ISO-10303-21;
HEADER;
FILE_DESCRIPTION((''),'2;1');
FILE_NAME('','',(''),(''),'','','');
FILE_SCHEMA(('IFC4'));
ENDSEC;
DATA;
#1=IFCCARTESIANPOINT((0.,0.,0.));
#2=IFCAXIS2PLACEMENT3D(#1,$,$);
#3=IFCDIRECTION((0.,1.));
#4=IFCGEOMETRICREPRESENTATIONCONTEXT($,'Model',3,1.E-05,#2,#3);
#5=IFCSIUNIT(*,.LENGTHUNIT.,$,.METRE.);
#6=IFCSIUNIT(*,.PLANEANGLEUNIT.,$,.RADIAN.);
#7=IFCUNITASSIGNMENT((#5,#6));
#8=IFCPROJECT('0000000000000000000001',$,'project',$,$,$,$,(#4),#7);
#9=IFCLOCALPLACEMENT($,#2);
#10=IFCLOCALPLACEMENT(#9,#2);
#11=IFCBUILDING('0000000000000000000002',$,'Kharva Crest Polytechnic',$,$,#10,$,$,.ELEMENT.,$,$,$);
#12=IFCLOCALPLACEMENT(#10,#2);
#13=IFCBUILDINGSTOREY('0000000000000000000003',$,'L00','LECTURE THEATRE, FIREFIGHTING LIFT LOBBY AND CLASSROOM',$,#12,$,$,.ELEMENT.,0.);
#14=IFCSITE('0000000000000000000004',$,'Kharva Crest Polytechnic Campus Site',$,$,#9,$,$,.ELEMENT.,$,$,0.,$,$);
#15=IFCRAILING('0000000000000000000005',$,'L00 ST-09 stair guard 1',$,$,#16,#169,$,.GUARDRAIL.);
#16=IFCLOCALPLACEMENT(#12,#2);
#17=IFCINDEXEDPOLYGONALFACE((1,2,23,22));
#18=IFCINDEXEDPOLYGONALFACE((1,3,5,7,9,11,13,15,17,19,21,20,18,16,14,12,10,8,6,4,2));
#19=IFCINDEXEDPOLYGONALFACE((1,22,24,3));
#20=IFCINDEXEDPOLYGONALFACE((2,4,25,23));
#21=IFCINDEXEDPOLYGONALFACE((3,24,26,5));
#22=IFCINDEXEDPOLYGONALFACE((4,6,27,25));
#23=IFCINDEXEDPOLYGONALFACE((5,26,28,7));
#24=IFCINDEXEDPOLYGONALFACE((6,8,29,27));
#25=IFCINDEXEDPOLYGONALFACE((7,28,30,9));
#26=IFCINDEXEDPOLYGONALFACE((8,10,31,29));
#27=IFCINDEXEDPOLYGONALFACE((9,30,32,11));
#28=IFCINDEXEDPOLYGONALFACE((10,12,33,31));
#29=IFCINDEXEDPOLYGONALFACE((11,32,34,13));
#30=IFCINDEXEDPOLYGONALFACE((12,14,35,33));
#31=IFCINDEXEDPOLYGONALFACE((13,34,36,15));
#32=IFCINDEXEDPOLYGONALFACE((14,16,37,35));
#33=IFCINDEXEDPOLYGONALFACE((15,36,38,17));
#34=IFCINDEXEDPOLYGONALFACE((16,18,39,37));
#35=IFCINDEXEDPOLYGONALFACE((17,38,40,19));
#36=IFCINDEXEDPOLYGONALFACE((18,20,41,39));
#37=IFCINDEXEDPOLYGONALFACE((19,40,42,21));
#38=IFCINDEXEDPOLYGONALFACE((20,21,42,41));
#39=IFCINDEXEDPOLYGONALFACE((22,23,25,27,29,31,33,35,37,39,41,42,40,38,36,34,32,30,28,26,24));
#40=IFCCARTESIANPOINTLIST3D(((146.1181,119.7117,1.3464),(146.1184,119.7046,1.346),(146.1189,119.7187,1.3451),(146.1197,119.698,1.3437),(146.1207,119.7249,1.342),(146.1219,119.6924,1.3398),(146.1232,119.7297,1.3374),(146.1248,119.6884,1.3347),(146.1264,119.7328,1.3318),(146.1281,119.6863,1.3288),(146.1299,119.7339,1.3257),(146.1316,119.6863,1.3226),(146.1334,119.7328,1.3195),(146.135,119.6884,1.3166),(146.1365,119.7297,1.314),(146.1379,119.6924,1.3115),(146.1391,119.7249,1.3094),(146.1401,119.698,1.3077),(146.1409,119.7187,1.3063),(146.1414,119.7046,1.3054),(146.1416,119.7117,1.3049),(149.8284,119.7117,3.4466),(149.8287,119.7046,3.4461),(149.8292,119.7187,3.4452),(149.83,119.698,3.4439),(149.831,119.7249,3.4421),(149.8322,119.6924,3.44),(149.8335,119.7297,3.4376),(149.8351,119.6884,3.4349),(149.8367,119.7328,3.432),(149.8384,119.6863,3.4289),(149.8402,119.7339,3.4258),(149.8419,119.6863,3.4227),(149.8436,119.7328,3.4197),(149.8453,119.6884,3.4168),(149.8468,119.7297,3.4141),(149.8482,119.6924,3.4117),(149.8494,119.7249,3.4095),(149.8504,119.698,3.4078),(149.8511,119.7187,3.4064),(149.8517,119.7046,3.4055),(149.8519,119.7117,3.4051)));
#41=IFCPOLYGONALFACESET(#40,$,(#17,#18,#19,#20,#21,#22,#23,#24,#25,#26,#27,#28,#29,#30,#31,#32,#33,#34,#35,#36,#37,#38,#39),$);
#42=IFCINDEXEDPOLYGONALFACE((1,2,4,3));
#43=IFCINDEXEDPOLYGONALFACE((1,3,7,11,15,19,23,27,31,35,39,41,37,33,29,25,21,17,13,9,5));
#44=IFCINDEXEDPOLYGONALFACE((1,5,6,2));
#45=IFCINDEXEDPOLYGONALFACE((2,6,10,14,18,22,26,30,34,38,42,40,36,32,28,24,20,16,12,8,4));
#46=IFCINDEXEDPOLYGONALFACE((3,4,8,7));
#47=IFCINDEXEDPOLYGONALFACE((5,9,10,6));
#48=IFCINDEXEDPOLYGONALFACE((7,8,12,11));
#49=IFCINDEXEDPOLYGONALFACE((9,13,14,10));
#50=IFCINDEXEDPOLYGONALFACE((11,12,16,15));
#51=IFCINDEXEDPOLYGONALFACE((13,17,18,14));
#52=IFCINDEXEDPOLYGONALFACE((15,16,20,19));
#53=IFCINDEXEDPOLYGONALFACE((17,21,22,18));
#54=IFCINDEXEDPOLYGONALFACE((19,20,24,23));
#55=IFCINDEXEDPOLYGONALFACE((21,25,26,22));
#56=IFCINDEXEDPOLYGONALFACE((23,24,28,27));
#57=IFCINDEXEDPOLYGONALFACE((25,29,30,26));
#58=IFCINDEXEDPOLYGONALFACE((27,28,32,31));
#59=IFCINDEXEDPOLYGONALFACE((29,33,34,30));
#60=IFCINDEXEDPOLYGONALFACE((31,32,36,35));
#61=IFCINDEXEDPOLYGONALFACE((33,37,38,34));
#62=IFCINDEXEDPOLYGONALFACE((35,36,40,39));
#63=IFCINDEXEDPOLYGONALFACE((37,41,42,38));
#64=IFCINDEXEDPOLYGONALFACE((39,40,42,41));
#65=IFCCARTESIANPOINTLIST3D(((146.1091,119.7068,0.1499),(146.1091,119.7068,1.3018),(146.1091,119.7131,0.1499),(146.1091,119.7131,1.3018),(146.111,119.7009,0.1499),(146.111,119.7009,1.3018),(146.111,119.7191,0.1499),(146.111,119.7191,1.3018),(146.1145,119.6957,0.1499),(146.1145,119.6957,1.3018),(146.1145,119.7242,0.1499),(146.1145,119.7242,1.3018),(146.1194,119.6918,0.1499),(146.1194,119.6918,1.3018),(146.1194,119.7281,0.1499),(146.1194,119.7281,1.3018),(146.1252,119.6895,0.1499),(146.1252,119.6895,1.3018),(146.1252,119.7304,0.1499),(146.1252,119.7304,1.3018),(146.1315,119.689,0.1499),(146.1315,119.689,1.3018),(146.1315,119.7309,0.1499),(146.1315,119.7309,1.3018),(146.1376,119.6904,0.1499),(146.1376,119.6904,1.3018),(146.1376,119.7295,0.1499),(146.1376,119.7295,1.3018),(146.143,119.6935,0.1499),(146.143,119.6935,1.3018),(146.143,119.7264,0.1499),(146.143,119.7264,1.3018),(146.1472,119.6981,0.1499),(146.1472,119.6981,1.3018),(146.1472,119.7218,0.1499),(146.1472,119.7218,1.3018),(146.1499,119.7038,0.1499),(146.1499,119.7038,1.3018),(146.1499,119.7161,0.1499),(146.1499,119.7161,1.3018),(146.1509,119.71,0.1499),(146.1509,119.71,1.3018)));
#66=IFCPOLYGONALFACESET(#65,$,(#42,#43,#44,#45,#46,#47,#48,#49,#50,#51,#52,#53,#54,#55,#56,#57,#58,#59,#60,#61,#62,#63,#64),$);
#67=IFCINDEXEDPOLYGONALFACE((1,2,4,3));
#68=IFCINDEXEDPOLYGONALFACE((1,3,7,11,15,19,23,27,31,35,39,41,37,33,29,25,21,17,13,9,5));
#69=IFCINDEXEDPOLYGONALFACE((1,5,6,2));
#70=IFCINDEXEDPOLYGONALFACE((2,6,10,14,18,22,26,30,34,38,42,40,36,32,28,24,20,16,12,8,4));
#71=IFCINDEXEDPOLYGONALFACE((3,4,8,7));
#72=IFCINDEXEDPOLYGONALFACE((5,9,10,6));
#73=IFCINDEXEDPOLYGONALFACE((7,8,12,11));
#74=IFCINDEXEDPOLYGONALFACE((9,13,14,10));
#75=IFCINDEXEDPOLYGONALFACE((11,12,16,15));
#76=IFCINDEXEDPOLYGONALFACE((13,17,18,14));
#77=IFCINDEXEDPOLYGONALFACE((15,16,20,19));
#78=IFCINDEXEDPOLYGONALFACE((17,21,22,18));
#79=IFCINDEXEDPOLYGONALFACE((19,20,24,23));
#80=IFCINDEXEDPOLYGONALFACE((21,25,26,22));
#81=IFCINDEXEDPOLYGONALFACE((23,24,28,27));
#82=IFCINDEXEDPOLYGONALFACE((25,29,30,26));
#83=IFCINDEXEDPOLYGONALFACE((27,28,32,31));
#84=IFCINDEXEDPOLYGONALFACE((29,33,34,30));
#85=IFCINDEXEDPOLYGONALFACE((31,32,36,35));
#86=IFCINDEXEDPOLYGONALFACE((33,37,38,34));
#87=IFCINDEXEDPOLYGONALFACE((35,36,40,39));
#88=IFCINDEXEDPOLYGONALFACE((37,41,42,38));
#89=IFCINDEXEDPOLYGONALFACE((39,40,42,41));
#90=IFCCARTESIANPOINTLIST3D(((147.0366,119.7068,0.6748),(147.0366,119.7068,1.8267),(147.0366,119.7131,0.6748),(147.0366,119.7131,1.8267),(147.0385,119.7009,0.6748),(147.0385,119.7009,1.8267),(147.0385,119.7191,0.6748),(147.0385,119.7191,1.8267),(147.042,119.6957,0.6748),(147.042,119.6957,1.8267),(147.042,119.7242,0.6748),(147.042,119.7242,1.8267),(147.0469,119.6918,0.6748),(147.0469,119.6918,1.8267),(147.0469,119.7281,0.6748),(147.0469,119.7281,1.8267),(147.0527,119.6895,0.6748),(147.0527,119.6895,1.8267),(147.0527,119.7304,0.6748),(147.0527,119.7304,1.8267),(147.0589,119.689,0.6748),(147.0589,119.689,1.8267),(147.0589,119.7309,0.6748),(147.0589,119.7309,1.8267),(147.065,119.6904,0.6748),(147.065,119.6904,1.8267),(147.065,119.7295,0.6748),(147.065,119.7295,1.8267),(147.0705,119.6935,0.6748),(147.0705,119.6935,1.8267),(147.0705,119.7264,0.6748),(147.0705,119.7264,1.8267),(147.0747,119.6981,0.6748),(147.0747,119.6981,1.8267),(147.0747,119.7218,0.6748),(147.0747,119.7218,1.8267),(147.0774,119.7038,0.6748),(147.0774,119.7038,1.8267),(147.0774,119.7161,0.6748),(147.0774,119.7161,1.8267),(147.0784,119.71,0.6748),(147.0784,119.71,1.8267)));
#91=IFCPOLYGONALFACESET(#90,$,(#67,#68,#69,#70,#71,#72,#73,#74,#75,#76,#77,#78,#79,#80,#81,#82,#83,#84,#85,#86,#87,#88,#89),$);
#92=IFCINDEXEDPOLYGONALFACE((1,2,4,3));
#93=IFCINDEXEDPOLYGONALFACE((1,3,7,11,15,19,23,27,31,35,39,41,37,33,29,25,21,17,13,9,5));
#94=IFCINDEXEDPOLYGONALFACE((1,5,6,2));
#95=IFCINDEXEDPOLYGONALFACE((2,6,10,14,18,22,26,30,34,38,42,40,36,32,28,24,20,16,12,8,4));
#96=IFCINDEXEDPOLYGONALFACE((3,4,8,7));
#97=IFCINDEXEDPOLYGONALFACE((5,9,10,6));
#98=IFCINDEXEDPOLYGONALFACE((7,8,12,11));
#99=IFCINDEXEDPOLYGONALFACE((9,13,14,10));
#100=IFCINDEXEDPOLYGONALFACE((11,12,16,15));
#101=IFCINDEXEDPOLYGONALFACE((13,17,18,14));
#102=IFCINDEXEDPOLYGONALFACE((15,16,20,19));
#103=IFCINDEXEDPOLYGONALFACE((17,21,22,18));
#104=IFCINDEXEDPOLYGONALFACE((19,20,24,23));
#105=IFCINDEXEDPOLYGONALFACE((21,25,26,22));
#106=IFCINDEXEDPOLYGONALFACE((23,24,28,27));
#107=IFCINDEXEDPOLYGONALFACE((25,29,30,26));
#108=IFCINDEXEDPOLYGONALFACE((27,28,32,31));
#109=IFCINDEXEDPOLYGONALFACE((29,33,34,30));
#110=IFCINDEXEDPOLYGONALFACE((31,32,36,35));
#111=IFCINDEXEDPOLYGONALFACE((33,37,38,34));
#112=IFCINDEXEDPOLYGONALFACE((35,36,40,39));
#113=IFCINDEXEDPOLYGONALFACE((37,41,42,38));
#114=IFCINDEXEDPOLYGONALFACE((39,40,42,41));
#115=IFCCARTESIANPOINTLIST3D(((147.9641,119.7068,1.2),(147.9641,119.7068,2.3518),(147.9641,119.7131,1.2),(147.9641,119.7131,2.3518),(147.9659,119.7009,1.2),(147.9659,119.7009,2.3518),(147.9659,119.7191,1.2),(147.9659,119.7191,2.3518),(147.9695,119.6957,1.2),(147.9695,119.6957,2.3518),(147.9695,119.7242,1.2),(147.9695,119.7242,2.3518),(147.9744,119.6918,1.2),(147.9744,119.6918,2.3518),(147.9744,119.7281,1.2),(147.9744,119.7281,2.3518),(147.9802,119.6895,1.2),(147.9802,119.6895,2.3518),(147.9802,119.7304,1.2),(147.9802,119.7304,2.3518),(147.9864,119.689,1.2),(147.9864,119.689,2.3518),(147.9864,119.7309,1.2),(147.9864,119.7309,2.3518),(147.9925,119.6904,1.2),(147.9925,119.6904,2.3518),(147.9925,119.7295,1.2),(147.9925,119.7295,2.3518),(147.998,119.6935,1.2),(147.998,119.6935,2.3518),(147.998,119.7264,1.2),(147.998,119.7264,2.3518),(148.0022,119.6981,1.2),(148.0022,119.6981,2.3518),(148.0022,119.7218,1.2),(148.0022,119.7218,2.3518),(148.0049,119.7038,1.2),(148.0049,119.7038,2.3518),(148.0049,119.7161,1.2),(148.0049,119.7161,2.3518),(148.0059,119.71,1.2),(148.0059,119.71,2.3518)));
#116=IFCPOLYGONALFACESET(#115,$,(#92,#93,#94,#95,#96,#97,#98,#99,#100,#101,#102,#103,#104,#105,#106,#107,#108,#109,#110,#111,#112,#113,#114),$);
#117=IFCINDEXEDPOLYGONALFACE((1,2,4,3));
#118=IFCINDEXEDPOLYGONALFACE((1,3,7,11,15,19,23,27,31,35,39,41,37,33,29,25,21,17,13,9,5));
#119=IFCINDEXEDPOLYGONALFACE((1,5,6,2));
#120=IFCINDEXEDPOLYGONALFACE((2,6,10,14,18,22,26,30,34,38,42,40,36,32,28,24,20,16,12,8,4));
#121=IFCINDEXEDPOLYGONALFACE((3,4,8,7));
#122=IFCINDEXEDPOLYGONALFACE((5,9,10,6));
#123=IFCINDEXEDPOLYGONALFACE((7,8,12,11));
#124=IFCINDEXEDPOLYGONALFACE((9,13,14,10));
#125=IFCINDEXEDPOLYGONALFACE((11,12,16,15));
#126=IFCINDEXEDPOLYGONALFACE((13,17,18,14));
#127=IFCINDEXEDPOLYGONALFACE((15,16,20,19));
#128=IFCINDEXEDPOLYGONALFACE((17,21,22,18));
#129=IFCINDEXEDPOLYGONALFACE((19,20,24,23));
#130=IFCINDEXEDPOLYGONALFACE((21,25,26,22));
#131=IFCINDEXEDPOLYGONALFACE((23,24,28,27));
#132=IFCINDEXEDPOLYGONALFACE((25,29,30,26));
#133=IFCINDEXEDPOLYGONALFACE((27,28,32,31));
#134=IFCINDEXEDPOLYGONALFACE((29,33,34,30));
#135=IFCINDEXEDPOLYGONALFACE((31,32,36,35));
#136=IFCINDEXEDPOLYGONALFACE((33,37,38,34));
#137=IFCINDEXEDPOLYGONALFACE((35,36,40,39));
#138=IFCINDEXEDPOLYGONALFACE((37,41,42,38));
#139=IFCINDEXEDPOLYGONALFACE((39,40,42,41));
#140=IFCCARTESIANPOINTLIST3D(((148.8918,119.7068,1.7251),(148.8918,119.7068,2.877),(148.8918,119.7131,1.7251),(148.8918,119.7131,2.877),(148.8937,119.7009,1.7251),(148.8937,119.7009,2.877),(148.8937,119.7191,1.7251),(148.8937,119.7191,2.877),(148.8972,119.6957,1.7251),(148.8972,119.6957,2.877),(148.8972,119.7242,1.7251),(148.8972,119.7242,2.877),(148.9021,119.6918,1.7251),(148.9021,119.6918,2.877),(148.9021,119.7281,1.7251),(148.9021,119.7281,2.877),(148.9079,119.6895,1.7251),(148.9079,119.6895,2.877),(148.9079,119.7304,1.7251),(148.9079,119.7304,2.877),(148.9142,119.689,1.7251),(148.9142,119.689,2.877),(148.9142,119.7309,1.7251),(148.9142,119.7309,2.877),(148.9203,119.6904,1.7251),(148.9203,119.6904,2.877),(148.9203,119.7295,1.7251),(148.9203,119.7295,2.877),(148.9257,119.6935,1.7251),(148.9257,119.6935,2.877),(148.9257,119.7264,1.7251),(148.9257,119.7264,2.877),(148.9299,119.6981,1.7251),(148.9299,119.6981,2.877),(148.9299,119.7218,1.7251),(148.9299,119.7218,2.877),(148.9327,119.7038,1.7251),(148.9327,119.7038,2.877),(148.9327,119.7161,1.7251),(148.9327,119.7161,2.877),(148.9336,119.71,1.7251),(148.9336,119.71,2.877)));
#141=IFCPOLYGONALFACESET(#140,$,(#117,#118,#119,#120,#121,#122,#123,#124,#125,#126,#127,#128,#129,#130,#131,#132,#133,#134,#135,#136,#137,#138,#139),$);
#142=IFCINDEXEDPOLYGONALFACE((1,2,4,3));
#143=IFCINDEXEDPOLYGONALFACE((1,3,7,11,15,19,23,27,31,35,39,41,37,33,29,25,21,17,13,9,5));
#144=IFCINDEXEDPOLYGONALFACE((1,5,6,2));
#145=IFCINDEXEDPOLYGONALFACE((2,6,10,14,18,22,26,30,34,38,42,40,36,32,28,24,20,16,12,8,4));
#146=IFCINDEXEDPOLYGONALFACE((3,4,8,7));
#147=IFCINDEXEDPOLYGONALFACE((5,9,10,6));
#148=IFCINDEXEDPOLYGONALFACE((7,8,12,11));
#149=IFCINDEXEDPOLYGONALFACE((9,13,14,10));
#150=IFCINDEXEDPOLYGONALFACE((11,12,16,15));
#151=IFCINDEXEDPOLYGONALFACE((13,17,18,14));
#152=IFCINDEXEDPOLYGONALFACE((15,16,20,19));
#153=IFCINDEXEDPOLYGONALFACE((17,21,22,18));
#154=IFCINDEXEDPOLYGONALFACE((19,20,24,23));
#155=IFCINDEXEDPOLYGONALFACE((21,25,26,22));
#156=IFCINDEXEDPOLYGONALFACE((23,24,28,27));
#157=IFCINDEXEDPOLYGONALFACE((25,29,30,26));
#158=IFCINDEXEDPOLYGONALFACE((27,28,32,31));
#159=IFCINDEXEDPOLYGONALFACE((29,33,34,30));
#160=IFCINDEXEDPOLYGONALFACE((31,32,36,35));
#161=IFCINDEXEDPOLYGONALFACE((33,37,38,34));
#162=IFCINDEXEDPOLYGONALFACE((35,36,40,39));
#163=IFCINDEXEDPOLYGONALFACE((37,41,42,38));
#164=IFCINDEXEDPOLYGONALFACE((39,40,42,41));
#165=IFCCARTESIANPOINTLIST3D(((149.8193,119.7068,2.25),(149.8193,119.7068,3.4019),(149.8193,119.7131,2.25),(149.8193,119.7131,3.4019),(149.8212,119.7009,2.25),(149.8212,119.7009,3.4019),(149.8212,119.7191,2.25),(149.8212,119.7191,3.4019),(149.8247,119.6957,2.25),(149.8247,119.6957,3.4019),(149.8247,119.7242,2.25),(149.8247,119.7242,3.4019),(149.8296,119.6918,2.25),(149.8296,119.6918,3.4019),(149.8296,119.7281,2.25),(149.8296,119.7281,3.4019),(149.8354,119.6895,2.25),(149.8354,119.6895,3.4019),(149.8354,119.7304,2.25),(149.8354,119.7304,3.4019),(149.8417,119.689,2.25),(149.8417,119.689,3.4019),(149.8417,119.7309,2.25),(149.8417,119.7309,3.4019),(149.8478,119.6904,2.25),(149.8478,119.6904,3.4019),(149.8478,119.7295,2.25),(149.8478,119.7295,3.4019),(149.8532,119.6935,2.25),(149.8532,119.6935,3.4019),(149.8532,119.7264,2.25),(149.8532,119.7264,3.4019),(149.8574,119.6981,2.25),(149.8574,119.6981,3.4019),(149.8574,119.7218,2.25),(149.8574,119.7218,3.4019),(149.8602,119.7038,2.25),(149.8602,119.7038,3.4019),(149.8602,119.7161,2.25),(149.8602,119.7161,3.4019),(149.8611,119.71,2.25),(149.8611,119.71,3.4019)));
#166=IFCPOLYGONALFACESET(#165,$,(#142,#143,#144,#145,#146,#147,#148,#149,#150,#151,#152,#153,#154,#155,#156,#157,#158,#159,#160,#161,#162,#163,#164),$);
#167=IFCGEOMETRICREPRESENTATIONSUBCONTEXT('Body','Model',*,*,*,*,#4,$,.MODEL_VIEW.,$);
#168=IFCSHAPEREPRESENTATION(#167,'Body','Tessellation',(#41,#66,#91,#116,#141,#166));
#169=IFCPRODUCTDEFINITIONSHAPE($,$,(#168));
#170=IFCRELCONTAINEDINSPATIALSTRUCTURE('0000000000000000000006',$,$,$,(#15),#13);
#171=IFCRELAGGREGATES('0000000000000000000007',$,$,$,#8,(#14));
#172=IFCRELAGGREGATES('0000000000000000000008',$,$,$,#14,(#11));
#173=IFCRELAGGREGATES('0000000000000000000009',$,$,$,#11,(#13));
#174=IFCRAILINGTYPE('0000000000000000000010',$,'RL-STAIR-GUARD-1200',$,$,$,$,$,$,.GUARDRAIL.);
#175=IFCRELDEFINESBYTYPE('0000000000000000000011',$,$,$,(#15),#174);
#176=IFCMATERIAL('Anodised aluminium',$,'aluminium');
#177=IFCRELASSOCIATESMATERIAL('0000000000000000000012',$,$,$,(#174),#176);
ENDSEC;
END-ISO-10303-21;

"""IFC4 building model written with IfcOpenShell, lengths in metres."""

from ifc_helpers import new_model, si_unit, direction, frame, origin, origin_2d, place, context, subcontext, project, spatial, circle, extrude, material, type_object, element, save


model = new_model("IFC4")

# Units and contexts
model_context = context("Model", 3, precision=1e-05, world=origin(), true_north=direction((0.0, 1.0)))
body_context = subcontext(model_context, "Body", "Model", "MODEL_VIEW")
ifc_project = project(units=[si_unit("LENGTHUNIT", "METRE"), si_unit("PLANEANGLEUNIT", "RADIAN")], contexts=[model_context])

# Site, building, storey
site_placement = place(None, origin())
site = spatial("IfcSite", under=ifc_project, at=site_placement, Name="Kharva Crest Polytechnic Campus Site", CompositionType="ELEMENT", RefElevation=0.0)
building_placement = place(site_placement, origin())
building = spatial("IfcBuilding", under=site, at=building_placement, Name="Kharva Crest Polytechnic", CompositionType="ELEMENT")
storey_placement = place(building_placement, origin())
storey = spatial("IfcBuildingStorey", under=building, at=storey_placement, Name="L00", Description="LECTURE THEATRE, FIREFIGHTING LIFT LOBBY AND CLASSROOM", CompositionType="ELEMENT", Elevation=0.0)

# Shared definitions
ifc_material_1 = material(Name="Anodised aluminium", Category="aluminium")

# Railing
railing_type_1 = type_object("IfcRailingType", Name="RL-STAIR-GUARD-1200", PredefinedType="GUARDRAIL", material=ifc_material_1)
railing_1_placement = place(storey_placement, frame((146.1299, 119.71, 0.1499)))
element("IfcRailing", 1, at=railing_1_placement, inside=storey, type_object=railing_type_1, Name="L00 ST-09 stair guard 1", PredefinedType="GUARDRAIL", context=body_context, shape_type="SweptSolid", body=[
    extrude(circle(Radius=0.0239, at=origin_2d()), frame((0.0, 0.0, 1.1758), z_axis=(0.870259, 0.0, 0.492595), x_axis=(0.0, 1.0, 0.0)), (0.0, 0.0, 1.0), 4.2634),
    extrude(circle(Radius=0.021, at=origin_2d()), origin(), (0.0, 0.0, 1.0), 1.1519),
    extrude(circle(Radius=0.021, at=origin_2d()), frame((0.9275, 0.0, 0.5249)), (0.0, 0.0, 1.0), 1.1519),
    extrude(circle(Radius=0.021, at=origin_2d()), frame((1.855, 0.0, 1.05)), (0.0, 0.0, 1.0), 1.1519),
    extrude(circle(Radius=0.021, at=origin_2d()), frame((2.7827, 0.0, 1.5752)), (0.0, 0.0, 1.0), 1.1519),
    extrude(circle(Radius=0.021, at=origin_2d()), frame((3.7102, 0.0, 2.1001)), (0.0, 0.0, 1.0), 1.1519),
])

save(model, "model.ifc")
